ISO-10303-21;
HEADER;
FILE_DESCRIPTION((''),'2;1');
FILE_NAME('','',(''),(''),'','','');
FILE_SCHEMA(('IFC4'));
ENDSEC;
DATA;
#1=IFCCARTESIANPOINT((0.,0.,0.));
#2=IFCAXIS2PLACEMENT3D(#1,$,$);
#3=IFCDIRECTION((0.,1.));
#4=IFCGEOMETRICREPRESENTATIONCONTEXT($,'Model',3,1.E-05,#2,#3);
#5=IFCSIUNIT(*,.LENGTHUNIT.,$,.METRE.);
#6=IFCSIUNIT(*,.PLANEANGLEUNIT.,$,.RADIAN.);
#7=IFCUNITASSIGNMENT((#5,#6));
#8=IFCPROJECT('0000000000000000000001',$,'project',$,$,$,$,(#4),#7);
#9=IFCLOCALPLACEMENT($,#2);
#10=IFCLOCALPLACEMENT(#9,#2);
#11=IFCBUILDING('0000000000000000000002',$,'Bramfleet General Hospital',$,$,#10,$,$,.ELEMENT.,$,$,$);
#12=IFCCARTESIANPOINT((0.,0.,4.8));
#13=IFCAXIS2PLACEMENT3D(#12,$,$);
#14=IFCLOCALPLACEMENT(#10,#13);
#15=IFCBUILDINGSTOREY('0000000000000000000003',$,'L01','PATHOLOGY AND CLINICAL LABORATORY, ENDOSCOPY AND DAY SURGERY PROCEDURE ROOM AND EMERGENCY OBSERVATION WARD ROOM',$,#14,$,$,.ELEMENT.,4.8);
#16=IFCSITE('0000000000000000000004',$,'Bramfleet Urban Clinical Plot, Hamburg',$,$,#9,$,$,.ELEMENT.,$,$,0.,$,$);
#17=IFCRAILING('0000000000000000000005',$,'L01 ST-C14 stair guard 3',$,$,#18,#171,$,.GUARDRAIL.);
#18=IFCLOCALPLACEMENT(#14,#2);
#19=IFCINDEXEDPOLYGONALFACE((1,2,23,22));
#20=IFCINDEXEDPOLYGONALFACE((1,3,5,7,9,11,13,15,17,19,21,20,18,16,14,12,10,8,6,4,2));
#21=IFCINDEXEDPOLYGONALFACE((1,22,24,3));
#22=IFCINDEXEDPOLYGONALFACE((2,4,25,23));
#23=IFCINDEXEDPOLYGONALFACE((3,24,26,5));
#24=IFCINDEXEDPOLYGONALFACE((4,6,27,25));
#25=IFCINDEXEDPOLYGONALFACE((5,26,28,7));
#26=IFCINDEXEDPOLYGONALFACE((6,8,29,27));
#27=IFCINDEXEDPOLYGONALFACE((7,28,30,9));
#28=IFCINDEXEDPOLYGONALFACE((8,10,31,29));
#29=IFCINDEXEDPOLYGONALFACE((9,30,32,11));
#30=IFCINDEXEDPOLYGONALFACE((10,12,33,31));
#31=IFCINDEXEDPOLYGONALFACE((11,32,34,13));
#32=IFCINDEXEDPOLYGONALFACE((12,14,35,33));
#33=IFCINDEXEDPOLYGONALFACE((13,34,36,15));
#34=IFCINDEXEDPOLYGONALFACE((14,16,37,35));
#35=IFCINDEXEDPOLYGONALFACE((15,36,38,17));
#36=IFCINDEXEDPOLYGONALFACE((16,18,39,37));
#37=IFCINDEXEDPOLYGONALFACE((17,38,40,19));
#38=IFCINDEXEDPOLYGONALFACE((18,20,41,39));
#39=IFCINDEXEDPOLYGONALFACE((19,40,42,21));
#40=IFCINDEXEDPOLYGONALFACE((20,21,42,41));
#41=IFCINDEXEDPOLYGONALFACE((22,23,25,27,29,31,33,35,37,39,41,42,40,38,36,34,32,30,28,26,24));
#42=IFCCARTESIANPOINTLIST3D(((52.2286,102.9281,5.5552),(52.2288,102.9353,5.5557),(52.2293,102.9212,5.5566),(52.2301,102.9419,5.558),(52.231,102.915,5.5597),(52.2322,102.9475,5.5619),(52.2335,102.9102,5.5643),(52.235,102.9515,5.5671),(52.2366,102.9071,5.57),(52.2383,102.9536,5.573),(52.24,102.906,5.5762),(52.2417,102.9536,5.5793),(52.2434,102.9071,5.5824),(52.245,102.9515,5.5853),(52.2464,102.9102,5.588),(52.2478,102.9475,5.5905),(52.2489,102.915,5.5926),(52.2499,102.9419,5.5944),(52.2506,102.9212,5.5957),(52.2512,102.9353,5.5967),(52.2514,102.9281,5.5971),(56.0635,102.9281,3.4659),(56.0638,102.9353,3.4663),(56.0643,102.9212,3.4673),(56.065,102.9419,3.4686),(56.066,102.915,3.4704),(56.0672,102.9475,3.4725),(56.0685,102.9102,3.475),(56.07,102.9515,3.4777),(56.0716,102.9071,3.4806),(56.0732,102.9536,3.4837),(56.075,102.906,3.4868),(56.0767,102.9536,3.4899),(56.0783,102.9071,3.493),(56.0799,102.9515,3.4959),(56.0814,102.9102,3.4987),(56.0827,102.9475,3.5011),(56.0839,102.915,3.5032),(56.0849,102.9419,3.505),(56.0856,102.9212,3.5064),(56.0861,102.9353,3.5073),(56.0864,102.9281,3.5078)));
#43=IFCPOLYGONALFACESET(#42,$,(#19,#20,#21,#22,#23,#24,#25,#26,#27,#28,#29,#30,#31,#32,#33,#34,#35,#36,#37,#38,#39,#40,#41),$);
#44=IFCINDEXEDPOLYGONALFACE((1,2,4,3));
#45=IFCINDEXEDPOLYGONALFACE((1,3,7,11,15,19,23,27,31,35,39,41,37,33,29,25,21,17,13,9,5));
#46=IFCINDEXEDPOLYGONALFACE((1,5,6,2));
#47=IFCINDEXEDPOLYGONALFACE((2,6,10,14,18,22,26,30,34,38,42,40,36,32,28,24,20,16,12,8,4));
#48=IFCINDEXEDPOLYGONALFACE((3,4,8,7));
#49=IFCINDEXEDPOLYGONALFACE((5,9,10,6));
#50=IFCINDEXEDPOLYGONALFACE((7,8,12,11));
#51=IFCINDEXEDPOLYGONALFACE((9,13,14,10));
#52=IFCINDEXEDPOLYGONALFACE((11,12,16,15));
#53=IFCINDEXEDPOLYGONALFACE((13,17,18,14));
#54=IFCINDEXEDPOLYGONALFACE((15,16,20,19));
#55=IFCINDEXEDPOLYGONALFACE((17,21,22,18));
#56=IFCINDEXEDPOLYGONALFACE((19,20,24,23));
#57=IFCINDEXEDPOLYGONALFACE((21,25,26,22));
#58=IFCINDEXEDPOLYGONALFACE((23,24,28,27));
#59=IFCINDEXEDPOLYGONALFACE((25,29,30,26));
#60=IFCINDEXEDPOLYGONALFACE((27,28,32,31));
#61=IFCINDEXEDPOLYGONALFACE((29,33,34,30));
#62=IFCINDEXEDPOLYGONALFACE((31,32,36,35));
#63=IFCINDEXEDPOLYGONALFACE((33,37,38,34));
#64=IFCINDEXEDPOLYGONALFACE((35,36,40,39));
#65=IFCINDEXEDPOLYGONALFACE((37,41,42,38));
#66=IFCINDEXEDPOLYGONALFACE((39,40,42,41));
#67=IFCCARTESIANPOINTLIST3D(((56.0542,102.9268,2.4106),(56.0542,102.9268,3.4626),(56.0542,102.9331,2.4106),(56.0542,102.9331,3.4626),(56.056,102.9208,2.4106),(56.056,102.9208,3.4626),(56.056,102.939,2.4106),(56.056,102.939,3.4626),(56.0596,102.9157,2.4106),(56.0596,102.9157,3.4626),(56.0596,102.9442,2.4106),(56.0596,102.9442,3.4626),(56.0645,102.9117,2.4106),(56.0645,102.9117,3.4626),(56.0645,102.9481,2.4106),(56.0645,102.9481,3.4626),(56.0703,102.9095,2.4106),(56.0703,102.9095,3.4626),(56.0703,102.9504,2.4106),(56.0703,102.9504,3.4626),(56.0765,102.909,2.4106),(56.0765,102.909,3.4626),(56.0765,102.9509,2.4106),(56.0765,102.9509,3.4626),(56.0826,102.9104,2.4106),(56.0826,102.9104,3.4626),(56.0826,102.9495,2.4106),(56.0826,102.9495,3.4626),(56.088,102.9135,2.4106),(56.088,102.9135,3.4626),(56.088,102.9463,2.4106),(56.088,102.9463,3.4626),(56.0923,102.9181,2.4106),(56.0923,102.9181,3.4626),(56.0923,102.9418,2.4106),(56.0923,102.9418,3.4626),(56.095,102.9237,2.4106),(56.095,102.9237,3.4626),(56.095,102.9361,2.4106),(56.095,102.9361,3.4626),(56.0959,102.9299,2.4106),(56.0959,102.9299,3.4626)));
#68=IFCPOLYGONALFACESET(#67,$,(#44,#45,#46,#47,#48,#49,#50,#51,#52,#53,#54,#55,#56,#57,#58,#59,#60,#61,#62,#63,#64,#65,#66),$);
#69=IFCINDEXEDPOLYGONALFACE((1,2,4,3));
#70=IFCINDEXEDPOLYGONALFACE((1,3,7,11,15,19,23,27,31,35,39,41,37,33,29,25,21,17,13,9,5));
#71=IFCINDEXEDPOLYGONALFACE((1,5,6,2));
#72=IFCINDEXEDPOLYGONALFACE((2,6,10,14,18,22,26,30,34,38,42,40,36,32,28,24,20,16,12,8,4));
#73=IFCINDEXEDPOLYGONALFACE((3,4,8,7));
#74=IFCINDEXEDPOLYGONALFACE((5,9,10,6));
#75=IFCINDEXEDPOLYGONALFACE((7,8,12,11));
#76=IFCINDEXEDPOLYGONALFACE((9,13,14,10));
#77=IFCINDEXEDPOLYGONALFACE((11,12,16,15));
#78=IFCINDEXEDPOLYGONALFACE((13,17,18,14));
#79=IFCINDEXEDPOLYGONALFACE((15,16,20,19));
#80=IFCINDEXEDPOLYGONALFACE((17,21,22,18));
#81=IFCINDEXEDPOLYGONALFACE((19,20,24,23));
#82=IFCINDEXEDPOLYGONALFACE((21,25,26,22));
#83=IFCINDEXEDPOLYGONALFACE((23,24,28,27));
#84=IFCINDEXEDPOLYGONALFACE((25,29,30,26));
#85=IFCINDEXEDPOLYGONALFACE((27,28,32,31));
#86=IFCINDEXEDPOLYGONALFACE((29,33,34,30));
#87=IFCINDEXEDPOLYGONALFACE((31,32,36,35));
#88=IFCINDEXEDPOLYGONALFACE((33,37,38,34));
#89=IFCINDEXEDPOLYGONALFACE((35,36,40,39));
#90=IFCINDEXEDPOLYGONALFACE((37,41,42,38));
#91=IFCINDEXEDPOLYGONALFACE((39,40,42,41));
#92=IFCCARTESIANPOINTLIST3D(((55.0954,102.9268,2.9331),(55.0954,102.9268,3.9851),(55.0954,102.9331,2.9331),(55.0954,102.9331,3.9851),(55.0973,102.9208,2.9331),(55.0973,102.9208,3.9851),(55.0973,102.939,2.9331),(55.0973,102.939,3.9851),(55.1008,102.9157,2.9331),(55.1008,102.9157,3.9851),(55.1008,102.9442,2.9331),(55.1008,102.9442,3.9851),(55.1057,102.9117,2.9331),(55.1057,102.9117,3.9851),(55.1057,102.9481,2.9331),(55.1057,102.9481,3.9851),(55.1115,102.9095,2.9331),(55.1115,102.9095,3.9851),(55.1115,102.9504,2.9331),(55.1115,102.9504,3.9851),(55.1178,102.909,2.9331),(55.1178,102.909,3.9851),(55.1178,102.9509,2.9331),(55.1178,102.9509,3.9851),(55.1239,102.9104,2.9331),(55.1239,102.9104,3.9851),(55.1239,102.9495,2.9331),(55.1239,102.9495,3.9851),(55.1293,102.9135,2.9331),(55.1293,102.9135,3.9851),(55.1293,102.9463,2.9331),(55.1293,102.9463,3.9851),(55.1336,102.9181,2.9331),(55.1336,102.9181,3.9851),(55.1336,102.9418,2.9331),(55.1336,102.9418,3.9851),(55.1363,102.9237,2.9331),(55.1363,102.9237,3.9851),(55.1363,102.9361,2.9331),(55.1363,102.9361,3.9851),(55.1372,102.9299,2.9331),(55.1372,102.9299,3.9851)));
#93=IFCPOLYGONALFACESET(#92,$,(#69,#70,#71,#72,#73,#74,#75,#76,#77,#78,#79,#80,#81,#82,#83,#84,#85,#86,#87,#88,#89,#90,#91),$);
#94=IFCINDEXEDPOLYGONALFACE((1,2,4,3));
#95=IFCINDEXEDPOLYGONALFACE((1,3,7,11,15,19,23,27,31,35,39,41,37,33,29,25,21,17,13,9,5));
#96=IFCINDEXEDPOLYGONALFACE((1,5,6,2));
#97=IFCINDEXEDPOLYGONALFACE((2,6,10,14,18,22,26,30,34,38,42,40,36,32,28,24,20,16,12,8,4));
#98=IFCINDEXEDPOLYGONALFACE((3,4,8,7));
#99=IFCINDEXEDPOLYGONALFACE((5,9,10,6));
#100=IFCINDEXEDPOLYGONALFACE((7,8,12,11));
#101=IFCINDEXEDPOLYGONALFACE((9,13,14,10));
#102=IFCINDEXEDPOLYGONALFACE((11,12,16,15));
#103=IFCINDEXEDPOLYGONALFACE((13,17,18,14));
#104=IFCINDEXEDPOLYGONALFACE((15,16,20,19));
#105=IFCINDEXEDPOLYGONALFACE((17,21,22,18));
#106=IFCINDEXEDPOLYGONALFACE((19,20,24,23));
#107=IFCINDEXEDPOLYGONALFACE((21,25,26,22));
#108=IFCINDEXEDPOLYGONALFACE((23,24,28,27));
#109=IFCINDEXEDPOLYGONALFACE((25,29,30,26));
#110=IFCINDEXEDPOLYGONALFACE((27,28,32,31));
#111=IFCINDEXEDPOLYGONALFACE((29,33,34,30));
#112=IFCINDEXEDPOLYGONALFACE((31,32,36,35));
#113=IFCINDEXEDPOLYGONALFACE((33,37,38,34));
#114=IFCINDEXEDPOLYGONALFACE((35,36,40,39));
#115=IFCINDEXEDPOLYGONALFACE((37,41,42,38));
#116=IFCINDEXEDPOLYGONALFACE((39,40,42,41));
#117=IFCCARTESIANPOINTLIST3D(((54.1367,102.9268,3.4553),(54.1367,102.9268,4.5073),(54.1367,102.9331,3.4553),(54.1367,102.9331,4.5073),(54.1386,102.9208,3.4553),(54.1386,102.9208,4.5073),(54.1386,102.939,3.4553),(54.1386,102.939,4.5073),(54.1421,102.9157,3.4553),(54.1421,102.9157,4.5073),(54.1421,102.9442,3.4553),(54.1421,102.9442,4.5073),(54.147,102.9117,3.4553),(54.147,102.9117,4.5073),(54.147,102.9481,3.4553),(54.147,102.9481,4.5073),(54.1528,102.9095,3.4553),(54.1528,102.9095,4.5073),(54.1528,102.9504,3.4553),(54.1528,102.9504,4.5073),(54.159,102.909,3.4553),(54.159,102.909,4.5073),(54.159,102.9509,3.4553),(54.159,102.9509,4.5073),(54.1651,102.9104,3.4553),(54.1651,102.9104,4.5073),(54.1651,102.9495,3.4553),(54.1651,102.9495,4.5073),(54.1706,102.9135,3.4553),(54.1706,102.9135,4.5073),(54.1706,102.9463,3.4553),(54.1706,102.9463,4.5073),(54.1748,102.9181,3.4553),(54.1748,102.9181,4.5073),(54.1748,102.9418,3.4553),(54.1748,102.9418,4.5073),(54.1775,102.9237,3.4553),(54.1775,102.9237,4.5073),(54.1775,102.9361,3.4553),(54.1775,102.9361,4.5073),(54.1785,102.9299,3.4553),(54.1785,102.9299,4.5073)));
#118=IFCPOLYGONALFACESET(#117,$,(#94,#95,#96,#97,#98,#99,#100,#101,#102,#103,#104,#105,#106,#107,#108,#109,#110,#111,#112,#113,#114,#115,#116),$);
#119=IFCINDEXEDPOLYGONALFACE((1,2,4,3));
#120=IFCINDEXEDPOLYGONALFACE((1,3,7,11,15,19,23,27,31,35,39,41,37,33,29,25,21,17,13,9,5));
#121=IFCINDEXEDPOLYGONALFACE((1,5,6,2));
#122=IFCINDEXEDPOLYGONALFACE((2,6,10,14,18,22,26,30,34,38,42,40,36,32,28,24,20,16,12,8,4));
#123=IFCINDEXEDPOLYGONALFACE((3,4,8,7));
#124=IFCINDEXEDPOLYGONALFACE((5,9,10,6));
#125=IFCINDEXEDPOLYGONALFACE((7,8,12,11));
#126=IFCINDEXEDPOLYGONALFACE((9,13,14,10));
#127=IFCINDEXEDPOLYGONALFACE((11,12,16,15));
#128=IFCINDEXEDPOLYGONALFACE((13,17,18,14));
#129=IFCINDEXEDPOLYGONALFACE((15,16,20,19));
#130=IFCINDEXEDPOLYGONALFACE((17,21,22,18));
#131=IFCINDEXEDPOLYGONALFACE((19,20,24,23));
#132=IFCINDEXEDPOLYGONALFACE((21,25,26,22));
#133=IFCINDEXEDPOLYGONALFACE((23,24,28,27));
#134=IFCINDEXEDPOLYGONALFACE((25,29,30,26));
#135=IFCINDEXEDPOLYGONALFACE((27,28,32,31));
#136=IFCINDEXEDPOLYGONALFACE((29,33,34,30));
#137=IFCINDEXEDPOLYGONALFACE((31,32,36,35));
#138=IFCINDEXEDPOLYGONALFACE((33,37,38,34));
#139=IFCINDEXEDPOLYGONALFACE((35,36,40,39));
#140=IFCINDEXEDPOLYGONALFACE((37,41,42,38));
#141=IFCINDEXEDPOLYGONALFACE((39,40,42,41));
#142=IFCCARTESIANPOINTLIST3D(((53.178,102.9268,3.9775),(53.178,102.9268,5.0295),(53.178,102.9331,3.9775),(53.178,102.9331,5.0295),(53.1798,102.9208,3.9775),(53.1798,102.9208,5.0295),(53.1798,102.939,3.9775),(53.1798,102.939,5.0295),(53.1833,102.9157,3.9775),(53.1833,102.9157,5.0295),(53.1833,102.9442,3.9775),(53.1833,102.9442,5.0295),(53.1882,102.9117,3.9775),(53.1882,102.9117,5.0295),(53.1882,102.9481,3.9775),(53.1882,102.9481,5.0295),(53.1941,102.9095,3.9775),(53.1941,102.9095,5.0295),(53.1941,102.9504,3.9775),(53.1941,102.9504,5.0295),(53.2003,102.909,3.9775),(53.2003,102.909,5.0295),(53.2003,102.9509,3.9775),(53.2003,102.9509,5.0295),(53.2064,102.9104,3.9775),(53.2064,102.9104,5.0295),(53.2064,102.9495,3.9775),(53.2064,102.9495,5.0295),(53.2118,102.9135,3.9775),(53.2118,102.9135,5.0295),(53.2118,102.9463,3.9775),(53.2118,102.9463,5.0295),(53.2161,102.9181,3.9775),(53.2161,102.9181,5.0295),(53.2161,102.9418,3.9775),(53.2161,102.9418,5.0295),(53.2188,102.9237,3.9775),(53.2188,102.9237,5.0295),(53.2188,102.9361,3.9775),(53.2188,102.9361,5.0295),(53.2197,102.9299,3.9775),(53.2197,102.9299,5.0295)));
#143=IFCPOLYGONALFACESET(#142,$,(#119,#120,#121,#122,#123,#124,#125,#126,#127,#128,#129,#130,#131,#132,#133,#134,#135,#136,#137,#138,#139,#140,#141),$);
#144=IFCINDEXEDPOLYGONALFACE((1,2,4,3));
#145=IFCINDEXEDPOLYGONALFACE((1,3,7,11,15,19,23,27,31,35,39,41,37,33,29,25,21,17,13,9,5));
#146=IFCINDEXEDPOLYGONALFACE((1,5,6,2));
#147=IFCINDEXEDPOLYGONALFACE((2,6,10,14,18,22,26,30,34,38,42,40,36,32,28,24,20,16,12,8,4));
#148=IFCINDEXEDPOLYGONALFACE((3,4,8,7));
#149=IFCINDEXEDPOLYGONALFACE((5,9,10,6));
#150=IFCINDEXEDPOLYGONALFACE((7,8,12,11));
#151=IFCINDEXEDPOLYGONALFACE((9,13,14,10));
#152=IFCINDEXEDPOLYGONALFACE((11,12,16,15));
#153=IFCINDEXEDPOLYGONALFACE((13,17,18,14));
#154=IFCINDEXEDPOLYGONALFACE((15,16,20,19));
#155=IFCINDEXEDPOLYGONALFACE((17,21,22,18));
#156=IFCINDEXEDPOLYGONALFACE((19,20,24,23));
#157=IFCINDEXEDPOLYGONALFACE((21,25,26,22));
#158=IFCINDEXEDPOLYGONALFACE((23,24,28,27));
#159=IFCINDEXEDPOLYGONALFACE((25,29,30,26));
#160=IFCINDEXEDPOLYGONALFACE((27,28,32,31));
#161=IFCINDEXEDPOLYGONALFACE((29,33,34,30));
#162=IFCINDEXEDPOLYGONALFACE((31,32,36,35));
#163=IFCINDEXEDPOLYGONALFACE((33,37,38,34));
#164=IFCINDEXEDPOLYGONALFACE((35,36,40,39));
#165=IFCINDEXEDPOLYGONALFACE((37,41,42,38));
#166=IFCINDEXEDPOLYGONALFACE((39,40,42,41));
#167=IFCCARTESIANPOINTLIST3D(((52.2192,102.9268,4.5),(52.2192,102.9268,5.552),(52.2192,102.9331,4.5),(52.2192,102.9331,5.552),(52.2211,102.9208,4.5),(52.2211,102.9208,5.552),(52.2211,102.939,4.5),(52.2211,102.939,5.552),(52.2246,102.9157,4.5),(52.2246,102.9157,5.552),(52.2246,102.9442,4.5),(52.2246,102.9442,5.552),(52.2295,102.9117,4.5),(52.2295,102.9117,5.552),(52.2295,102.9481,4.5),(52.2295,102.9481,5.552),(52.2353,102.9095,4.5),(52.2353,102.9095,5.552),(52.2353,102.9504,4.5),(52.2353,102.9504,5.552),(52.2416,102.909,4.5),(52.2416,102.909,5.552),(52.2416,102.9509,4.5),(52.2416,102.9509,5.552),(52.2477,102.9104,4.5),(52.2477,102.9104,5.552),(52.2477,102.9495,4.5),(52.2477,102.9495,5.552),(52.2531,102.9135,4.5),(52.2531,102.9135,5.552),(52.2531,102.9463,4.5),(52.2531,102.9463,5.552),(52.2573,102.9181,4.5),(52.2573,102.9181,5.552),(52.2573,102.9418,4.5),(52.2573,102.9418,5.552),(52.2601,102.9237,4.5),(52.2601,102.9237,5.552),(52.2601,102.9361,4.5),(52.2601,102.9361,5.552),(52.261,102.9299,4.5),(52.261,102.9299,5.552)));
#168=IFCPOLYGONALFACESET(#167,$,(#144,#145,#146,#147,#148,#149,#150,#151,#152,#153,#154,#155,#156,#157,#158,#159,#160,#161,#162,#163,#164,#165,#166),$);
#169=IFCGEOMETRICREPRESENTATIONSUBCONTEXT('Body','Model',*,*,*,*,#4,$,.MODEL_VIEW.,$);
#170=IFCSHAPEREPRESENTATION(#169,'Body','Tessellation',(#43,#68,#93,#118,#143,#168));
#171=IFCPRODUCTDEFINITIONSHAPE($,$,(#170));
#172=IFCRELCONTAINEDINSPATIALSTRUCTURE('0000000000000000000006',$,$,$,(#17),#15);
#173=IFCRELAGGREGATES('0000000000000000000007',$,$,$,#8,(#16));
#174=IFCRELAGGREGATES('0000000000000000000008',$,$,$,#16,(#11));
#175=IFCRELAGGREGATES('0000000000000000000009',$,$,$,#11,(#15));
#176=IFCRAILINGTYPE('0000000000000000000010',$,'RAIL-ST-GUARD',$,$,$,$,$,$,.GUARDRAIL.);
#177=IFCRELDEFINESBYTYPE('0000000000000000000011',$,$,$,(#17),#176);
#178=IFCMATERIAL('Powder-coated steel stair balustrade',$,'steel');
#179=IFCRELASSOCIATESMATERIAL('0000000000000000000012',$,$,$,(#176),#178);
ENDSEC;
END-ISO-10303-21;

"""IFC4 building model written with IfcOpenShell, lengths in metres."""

from ifc_helpers import new_model, si_unit, direction, frame, origin, origin_2d, place, context, subcontext, project, spatial, circle, extrude, material, type_object, element, save


model = new_model("IFC4")

# Units and contexts
model_context = context("Model", 3, precision=1e-05, world=origin(), true_north=direction((0.0, 1.0)))
body_context = subcontext(model_context, "Body", "Model", "MODEL_VIEW")
ifc_project = project(units=[si_unit("LENGTHUNIT", "METRE"), si_unit("PLANEANGLEUNIT", "RADIAN")], contexts=[model_context])

# Site, building, storey
site_placement = place(None, origin())
site = spatial("IfcSite", under=ifc_project, at=site_placement, Name="Bramfleet Urban Clinical Plot, Hamburg", CompositionType="ELEMENT", RefElevation=0.0)
building_placement = place(site_placement, origin())
building = spatial("IfcBuilding", under=site, at=building_placement, Name="Bramfleet General Hospital", CompositionType="ELEMENT")
storey_placement = place(building_placement, frame((0.0, 0.0, 4.8)))
storey = spatial("IfcBuildingStorey", under=building, at=storey_placement, Name="L01", Description="PATHOLOGY AND CLINICAL LABORATORY, ENDOSCOPY AND DAY SURGERY PROCEDURE ROOM AND EMERGENCY OBSERVATION WARD ROOM", CompositionType="ELEMENT", Elevation=4.8)

# Railing
ifc_material_1 = material(Name="Powder-coated steel stair balustrade", Category="steel")
railing_type_1 = type_object("IfcRailingType", Name="RAIL-ST-GUARD", PredefinedType="GUARDRAIL", material=ifc_material_1)
railing_1_placement = place(storey_placement, frame((56.075, 102.9299, 2.4106)))
element("IfcRailing", 1, at=railing_1_placement, inside=storey, type_object=railing_type_1, Name="L01 ST-C14 stair guard 3", PredefinedType="GUARDRAIL", context=body_context, shape_type="SweptSolid", body=[
    extrude(circle(Radius=0.0239, at=origin_2d()), frame((0.0, 0.0, 1.0762), z_axis=(-0.87813, 0.0, 0.478421), x_axis=(0.0, -1.0, 0.0)), (0.0, 0.0, 1.0), 4.3672),
    extrude(circle(Radius=0.021, at=origin_2d()), origin(), (0.0, 0.0, 1.0), 1.052),
    extrude(circle(Radius=0.021, at=origin_2d()), frame((-0.9587, 0.0, 0.5225)), (0.0, 0.0, 1.0), 1.052),
    extrude(circle(Radius=0.021, at=origin_2d()), frame((-1.9175, 0.0, 1.0447)), (0.0, 0.0, 1.0), 1.052),
    extrude(circle(Radius=0.021, at=origin_2d()), frame((-2.8762, 0.0, 1.5669)), (0.0, 0.0, 1.0), 1.052),
    extrude(circle(Radius=0.021, at=origin_2d()), frame((-3.835, 0.0, 2.0894)), (0.0, 0.0, 1.0), 1.052),
])

save(model, "model.ifc")
